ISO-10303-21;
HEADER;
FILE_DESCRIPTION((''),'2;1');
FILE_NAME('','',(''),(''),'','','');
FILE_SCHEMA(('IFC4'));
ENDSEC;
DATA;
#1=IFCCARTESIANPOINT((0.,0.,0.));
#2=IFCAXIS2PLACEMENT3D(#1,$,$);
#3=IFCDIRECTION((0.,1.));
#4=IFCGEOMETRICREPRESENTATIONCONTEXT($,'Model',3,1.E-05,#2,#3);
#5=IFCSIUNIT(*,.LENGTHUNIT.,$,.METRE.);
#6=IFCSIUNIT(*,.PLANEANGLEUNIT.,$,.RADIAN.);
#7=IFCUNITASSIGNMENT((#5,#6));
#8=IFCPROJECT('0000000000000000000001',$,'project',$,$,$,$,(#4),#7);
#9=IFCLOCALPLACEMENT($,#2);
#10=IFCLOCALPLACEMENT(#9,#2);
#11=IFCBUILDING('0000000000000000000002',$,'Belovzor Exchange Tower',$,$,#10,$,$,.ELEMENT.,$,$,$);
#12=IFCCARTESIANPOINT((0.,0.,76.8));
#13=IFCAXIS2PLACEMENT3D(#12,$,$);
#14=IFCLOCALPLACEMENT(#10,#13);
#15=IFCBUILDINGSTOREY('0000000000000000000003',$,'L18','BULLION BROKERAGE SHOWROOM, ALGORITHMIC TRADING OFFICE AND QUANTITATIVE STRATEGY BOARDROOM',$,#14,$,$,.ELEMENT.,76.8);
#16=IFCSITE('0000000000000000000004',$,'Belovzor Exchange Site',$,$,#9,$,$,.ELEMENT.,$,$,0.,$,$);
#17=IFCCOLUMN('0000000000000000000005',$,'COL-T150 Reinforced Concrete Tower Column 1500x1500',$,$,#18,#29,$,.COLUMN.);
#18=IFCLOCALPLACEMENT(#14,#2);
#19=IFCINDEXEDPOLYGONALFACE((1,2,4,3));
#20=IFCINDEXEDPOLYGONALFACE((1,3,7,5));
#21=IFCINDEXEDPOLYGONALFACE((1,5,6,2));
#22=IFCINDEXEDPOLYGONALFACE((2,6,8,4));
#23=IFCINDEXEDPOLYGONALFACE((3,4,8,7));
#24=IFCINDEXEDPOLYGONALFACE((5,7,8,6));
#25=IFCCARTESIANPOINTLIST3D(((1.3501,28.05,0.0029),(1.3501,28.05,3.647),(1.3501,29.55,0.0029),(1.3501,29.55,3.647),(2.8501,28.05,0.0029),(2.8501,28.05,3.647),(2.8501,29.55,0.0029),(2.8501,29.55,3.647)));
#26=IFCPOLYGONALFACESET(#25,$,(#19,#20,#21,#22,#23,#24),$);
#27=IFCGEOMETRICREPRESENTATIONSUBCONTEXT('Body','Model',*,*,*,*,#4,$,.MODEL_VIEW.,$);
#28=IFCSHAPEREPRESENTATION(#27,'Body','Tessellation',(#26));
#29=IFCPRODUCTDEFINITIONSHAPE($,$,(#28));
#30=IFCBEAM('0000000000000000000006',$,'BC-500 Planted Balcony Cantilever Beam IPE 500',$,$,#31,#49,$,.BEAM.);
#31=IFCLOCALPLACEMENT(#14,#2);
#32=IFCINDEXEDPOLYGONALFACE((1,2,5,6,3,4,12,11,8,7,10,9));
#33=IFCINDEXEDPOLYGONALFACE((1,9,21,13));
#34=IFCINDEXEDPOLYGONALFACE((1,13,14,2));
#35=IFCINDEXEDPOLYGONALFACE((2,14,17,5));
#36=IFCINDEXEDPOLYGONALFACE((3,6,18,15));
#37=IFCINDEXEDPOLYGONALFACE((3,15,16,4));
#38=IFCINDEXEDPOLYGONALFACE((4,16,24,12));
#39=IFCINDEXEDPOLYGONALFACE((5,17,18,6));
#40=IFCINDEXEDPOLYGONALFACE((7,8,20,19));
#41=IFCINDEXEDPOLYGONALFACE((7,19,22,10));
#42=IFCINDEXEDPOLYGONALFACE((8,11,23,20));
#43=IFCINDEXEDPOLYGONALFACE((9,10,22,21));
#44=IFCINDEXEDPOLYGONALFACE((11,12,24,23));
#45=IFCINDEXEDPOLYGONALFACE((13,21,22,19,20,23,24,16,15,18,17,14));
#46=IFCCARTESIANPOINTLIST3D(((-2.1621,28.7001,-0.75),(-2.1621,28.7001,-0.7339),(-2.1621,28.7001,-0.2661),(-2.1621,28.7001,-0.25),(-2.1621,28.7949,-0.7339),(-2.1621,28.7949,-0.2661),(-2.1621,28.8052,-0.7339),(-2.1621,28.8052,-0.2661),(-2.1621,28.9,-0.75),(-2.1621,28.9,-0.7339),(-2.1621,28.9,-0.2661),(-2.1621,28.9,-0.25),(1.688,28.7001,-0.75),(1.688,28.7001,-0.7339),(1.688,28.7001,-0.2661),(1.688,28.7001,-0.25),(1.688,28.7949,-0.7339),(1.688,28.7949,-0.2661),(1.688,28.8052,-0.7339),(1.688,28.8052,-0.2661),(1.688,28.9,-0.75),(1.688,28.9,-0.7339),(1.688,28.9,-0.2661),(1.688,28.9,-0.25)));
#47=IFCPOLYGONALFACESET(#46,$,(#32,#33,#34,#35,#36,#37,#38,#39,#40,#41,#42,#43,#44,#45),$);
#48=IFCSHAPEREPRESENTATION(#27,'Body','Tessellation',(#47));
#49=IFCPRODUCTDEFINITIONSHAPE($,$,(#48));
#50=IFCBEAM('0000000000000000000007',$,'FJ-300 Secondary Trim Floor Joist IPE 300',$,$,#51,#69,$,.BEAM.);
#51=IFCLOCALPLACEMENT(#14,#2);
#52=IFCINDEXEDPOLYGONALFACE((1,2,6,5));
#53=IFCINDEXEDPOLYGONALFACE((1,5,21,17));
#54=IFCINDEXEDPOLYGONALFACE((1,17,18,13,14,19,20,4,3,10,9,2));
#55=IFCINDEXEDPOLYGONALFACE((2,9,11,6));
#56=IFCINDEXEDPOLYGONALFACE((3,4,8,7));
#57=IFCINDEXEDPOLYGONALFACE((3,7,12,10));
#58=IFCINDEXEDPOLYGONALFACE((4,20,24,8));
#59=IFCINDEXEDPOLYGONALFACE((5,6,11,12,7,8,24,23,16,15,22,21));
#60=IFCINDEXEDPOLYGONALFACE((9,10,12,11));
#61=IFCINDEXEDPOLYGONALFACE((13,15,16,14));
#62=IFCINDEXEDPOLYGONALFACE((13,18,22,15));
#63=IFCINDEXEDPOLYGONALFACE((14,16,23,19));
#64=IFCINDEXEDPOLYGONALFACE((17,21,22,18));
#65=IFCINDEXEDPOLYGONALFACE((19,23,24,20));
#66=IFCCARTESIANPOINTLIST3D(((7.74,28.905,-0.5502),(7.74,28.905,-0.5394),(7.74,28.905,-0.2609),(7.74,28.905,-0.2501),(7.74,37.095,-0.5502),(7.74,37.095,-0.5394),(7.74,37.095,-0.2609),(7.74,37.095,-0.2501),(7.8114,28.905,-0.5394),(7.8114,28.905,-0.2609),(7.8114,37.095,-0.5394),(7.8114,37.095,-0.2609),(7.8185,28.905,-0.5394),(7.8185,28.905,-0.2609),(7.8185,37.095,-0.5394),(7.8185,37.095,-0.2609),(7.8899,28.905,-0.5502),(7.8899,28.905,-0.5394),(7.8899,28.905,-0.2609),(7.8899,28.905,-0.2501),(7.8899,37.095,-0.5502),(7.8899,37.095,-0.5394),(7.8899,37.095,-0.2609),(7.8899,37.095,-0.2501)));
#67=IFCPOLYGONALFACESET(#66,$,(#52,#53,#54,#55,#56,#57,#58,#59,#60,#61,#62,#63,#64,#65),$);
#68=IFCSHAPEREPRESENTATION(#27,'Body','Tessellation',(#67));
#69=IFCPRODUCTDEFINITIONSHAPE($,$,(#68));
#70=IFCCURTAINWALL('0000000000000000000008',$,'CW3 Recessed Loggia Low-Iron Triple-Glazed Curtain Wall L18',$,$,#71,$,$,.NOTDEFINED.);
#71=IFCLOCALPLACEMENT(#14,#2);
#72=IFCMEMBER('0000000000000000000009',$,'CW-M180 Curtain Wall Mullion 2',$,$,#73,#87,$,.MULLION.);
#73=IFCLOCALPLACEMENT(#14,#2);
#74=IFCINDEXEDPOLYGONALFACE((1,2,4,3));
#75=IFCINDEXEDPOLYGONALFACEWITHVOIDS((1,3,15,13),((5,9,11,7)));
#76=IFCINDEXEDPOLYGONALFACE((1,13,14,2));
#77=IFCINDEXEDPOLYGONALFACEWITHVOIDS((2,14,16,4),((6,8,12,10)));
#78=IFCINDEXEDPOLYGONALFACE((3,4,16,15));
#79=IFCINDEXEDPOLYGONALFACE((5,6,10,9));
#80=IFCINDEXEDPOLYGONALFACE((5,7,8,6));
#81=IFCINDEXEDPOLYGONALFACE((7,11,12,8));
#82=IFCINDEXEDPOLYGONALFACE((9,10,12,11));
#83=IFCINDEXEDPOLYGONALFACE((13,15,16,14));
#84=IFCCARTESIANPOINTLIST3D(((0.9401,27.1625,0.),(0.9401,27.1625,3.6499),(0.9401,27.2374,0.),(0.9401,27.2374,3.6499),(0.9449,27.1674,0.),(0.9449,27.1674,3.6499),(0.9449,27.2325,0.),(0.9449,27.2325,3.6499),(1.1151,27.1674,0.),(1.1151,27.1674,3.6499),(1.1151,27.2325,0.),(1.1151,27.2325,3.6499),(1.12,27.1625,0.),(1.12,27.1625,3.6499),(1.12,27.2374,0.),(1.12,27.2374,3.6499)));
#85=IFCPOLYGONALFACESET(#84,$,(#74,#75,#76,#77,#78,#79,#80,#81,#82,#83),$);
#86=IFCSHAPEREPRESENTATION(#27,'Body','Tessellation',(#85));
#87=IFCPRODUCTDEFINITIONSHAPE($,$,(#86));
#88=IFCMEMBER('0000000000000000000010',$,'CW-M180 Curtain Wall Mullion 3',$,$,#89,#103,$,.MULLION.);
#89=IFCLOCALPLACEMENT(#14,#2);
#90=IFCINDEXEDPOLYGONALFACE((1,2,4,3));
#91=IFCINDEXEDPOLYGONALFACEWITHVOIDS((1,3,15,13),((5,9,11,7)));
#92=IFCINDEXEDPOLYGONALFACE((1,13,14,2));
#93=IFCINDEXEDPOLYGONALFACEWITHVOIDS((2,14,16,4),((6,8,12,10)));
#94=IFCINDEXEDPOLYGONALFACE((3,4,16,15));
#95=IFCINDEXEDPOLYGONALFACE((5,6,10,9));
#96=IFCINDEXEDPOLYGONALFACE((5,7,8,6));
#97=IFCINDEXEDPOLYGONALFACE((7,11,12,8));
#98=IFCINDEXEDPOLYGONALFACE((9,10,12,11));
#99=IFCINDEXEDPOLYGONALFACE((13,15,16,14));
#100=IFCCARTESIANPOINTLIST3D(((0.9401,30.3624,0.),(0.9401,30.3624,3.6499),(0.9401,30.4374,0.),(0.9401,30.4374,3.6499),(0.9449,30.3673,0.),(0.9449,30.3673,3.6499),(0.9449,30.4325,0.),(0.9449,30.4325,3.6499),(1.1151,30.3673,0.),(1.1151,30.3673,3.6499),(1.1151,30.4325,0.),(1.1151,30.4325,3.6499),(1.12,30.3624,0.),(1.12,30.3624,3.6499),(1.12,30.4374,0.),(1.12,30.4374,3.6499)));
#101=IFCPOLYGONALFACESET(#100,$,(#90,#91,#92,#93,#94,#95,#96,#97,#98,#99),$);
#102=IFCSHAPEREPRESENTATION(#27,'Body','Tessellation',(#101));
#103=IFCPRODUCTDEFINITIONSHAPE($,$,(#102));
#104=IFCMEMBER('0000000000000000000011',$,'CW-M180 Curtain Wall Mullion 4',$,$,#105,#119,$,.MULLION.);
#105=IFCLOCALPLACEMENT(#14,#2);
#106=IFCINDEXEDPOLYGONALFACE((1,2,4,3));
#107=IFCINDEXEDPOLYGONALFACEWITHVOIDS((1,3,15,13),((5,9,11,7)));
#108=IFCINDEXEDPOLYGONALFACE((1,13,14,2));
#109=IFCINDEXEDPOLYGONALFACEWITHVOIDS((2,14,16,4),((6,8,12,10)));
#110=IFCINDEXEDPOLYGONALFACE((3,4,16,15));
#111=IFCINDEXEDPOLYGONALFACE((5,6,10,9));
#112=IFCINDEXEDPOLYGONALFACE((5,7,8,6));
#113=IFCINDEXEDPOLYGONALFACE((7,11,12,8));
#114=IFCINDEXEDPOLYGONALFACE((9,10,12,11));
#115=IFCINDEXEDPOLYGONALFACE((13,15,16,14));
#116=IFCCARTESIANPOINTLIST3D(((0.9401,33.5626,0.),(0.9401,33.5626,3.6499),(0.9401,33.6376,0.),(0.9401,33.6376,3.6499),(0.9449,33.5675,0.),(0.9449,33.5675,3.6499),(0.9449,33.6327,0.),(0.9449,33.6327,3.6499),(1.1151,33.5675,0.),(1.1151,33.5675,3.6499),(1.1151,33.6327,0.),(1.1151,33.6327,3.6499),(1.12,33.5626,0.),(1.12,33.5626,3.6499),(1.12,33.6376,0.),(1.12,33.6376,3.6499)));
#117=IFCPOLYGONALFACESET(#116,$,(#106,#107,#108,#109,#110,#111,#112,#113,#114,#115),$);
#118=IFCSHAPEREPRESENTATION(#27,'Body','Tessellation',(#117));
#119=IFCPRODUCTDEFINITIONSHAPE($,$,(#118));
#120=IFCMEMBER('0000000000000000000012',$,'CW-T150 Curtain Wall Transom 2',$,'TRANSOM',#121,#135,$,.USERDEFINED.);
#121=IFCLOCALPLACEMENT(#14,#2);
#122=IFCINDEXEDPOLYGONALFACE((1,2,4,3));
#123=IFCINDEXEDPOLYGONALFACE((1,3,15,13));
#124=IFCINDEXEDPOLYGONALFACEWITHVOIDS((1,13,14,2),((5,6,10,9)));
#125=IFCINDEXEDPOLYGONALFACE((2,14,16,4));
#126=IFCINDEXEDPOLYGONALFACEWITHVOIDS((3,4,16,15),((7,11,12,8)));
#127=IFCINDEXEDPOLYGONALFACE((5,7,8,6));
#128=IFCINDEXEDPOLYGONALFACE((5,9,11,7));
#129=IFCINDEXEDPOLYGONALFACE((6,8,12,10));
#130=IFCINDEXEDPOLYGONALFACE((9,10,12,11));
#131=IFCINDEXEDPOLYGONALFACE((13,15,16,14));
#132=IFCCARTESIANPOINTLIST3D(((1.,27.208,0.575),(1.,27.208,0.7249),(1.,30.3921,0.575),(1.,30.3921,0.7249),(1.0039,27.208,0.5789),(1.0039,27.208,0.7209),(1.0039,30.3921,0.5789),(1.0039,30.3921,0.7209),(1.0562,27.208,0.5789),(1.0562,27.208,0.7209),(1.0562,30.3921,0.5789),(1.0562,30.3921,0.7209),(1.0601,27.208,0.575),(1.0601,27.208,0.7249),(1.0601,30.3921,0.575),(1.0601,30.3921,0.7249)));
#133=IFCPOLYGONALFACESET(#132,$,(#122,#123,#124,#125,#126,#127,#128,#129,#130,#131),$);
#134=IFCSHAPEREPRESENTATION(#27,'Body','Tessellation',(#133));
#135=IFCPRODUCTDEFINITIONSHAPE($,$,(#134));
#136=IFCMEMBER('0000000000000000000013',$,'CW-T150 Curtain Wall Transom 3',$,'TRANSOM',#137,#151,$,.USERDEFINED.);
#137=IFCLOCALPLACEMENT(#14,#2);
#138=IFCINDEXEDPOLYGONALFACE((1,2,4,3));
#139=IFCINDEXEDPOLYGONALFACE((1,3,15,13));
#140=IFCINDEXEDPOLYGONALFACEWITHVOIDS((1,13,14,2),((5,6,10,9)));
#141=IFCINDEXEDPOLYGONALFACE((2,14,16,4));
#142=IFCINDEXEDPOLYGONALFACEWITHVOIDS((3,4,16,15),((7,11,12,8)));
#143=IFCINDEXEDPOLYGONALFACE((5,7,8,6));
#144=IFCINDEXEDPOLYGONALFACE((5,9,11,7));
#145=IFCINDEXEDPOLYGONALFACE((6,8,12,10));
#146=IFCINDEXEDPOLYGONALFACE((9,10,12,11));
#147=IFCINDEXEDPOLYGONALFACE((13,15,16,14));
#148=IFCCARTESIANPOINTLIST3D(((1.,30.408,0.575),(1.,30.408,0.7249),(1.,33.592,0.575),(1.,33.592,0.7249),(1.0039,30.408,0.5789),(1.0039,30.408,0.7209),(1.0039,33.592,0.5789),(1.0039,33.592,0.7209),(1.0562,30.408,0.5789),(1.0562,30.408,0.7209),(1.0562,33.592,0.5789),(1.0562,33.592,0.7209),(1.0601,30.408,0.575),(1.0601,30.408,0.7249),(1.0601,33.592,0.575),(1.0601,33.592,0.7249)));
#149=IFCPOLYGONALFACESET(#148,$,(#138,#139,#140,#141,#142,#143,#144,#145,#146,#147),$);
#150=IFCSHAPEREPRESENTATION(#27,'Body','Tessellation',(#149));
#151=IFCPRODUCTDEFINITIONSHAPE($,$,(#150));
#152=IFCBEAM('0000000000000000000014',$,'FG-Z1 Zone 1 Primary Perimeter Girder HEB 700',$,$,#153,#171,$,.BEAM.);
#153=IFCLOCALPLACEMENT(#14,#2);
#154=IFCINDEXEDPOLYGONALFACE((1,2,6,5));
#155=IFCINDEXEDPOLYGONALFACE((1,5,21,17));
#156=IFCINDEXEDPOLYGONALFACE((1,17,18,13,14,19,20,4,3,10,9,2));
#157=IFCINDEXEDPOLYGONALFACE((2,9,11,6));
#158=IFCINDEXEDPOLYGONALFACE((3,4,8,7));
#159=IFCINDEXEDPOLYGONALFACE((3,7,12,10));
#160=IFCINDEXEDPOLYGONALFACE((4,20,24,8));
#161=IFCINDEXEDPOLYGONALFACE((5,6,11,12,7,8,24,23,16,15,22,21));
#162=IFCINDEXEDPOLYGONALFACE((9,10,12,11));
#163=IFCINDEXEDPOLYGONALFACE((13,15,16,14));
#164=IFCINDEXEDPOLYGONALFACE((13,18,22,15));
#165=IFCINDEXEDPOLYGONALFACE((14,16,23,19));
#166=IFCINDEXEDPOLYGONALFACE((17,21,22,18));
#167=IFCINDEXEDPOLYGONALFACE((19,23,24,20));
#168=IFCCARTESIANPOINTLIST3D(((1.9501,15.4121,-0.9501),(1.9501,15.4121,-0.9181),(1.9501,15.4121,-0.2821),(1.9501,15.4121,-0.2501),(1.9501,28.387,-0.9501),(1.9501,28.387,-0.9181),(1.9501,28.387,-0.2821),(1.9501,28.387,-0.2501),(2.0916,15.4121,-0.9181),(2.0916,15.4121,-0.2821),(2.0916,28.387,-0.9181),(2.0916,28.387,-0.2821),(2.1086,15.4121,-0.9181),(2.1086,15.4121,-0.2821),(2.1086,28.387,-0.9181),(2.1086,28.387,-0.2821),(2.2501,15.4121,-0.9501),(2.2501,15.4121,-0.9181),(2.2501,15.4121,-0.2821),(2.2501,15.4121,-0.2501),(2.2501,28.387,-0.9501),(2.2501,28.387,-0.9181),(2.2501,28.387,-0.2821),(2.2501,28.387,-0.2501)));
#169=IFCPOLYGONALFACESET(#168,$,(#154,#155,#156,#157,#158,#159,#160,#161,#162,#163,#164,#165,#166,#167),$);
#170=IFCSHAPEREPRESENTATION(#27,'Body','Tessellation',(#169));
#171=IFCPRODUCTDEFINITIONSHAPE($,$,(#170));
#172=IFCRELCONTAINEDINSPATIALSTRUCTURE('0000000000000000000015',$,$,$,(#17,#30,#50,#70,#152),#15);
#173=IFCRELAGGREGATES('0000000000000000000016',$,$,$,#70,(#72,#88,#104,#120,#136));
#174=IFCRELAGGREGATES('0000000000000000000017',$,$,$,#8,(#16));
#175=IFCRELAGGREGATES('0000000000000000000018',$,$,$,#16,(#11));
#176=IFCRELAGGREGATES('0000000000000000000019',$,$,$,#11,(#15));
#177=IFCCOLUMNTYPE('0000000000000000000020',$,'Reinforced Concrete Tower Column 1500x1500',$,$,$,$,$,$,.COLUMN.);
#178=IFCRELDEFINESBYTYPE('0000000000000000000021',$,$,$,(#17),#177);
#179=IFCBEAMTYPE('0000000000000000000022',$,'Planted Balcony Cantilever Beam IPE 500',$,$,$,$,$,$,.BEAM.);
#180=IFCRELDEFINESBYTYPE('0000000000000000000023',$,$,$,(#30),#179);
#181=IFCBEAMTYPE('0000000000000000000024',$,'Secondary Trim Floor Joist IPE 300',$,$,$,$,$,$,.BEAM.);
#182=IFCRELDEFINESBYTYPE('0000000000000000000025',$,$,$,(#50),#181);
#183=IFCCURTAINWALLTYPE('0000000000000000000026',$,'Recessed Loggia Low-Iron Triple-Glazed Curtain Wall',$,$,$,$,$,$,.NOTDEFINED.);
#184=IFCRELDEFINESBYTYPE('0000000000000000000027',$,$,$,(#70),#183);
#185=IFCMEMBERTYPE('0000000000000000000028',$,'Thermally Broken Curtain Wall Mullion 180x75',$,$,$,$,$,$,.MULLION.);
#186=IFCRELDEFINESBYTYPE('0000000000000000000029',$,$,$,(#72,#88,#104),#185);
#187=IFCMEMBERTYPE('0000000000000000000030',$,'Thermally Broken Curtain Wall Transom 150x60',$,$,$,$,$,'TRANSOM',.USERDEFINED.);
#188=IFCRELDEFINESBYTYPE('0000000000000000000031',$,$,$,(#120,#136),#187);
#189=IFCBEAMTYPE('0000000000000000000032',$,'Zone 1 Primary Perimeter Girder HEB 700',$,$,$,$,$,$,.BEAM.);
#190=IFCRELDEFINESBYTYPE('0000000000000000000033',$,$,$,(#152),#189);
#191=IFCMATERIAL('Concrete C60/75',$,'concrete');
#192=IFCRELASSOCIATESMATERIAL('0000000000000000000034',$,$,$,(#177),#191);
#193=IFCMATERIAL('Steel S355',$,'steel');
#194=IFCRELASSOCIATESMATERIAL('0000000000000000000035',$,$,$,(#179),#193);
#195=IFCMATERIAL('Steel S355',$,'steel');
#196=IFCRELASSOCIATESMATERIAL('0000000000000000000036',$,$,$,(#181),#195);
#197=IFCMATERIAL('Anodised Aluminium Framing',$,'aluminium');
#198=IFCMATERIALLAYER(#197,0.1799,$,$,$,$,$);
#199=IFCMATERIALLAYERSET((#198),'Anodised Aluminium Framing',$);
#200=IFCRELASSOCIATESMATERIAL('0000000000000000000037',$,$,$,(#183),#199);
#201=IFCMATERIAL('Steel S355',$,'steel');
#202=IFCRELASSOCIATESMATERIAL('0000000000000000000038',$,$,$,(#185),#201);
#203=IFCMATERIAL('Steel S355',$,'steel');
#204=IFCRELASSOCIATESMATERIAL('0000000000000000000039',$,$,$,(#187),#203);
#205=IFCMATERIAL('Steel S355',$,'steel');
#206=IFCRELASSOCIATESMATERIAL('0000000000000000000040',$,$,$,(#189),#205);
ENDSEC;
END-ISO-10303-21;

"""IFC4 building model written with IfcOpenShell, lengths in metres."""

from ifc_helpers import new_model, si_unit, direction, frame, origin, origin_2d, place, context, subcontext, project, spatial, rectangle, hollow_rectangle, i_section, extrude, material, layer, layer_set, material_profile, profile_set, type_object, element, aggregate, save


model = new_model("IFC4")

# Units and contexts
model_context = context("Model", 3, precision=1e-05, world=origin(), true_north=direction((0.0, 1.0)))
body_context = subcontext(model_context, "Body", "Model", "MODEL_VIEW")
ifc_project = project(units=[si_unit("LENGTHUNIT", "METRE"), si_unit("PLANEANGLEUNIT", "RADIAN")], contexts=[model_context])

# Site, building, storey
site_placement = place(None, origin())
site = spatial("IfcSite", under=ifc_project, at=site_placement, Name="Belovzor Exchange Site", CompositionType="ELEMENT", RefElevation=0.0)
building_placement = place(site_placement, origin())
building = spatial("IfcBuilding", under=site, at=building_placement, Name="Belovzor Exchange Tower", CompositionType="ELEMENT")
storey_placement = place(building_placement, frame((0.0, 0.0, 76.8)))
storey = spatial("IfcBuildingStorey", under=building, at=storey_placement, Name="L18", Description="BULLION BROKERAGE SHOWROOM, ALGORITHMIC TRADING OFFICE AND QUANTITATIVE STRATEGY BOARDROOM", CompositionType="ELEMENT", Elevation=76.8)

# Column
ifc_material_1 = material(Name="Concrete C60/75", Category="concrete")
ifc_material_profile_1 = material_profile(ifc_material_1, rectangle(XDim=1.5, YDim=1.5, at=origin_2d()))
ifc_profile_set_1 = profile_set([ifc_material_profile_1], Name="Concrete C60/75")
column_type = type_object("IfcColumnType", Name="Reinforced Concrete Tower Column 1500x1500", PredefinedType="COLUMN", material=ifc_profile_set_1)
column_placement = place(storey_placement, frame((2.1001, 28.8, 0.0029), z_axis=(0.0, 0.0, 1.0), x_axis=(1.0, 0.0, 0.0)))
element("IfcColumn", 1, at=column_placement, inside=storey, type_object=column_type, Name="COL-T150 Reinforced Concrete Tower Column 1500x1500", PredefinedType="COLUMN", context=body_context, shape_type="SweptSolid", body=[
    extrude(rectangle(XDim=1.5, YDim=1.5, at=origin_2d()), origin(), (0.0, 0.0, 1.0), 3.644),
])

# Beams
ifc_material_2 = material(Name="Steel S355", Category="steel")
ifc_material_profile_2 = material_profile(ifc_material_2, i_section(OverallWidth=0.2, OverallDepth=0.5, WebThickness=0.0103, FlangeThickness=0.0161, at=origin_2d()))
ifc_profile_set_2 = profile_set([ifc_material_profile_2], Name="Steel S355")
beam_type_1 = type_object("IfcBeamType", Name="Planted Balcony Cantilever Beam IPE 500", PredefinedType="BEAM", material=ifc_profile_set_2)
beam_1_placement = place(storey_placement, frame((1.688, 28.8, -0.5), z_axis=(-1.0, 0.0, 0.0), x_axis=(0.0, -1.0, 0.0)))
element("IfcBeam", 2, at=beam_1_placement, inside=storey, type_object=beam_type_1, Name="BC-500 Planted Balcony Cantilever Beam IPE 500", PredefinedType="BEAM", context=body_context, shape_type="SweptSolid", body=[
    extrude(i_section(OverallWidth=0.2, OverallDepth=0.5, WebThickness=0.0103, FlangeThickness=0.0161, at=origin_2d()), origin(), (0.0, 0.0, 1.0), 3.8501),
])
ifc_material_3 = material(Name="Steel S355", Category="steel")
ifc_material_profile_3 = material_profile(ifc_material_3, i_section(OverallWidth=0.1499, OverallDepth=0.3, WebThickness=0.0071, FlangeThickness=0.0107, at=origin_2d()))
ifc_profile_set_3 = profile_set([ifc_material_profile_3], Name="Steel S355")
beam_type_2 = type_object("IfcBeamType", Name="Secondary Trim Floor Joist IPE 300", PredefinedType="BEAM", material=ifc_profile_set_3)
beam_2_placement = place(storey_placement, frame((7.8149, 28.905, -0.4001), z_axis=(0.0, 1.0, 0.0), x_axis=(-1.0, 0.0, 0.0)))
element("IfcBeam", 3, at=beam_2_placement, inside=storey, type_object=beam_type_2, Name="FJ-300 Secondary Trim Floor Joist IPE 300", PredefinedType="BEAM", context=body_context, shape_type="SweptSolid", body=[
    extrude(i_section(OverallWidth=0.1499, OverallDepth=0.3, WebThickness=0.0071, FlangeThickness=0.0107, at=origin_2d()), origin(), (0.0, 0.0, 1.0), 8.1899),
])

# Curtain wall, members
ifc_material_4 = material(Name="Anodised Aluminium Framing", Category="aluminium")
ifc_layer_1 = layer(ifc_material_4, 0.1799)
ifc_layer_set_1 = layer_set([ifc_layer_1], Name="Anodised Aluminium Framing")
curtain_wall_type = type_object("IfcCurtainWallType", Name="Recessed Loggia Low-Iron Triple-Glazed Curtain Wall", PredefinedType="NOTDEFINED", material=ifc_layer_set_1)
curtain_wall_placement = place(storey_placement, origin())
curtain_wall = element("IfcCurtainWall", 4, at=curtain_wall_placement, inside=storey, type_object=curtain_wall_type, Name="CW3 Recessed Loggia Low-Iron Triple-Glazed Curtain Wall L18", PredefinedType="NOTDEFINED")
ifc_material_5 = material(Name="Steel S355", Category="steel")
ifc_material_profile_4 = material_profile(ifc_material_5, hollow_rectangle(XDim=0.075, YDim=0.1799, WallThickness=0.0049, at=origin_2d()))
ifc_profile_set_4 = profile_set([ifc_material_profile_4], Name="Steel S355")
member_type_1 = type_object("IfcMemberType", Name="Thermally Broken Curtain Wall Mullion 180x75", PredefinedType="MULLION", material=ifc_profile_set_4)
member_1_placement = place(storey_placement, frame((1.03, 27.2, 0.0), z_axis=(0.0, 0.0, 1.0), x_axis=(0.0, 1.0, 0.0)))
member_1 = element("IfcMember", 5, at=member_1_placement, type_object=member_type_1, Name="CW-M180 Curtain Wall Mullion 2", PredefinedType="MULLION", context=body_context, shape_type="SweptSolid", body=[
    extrude(hollow_rectangle(XDim=0.075, YDim=0.1799, WallThickness=0.0049, at=origin_2d()), origin(), (0.0, 0.0, 1.0), 3.6499),
])
member_2_placement = place(storey_placement, frame((1.03, 30.3999, 0.0), z_axis=(0.0, 0.0, 1.0), x_axis=(0.0, 1.0, 0.0)))
member_2 = element("IfcMember", 6, at=member_2_placement, type_object=member_type_1, Name="CW-M180 Curtain Wall Mullion 3", PredefinedType="MULLION", context=body_context, shape_type="SweptSolid", body=[
    extrude(hollow_rectangle(XDim=0.075, YDim=0.1799, WallThickness=0.0049, at=origin_2d()), origin(), (0.0, 0.0, 1.0), 3.6499),
])
member_3_placement = place(storey_placement, frame((1.03, 33.6001, 0.0), z_axis=(0.0, 0.0, 1.0), x_axis=(0.0, 1.0, 0.0)))
member_3 = element("IfcMember", 7, at=member_3_placement, type_object=member_type_1, Name="CW-M180 Curtain Wall Mullion 4", PredefinedType="MULLION", context=body_context, shape_type="SweptSolid", body=[
    extrude(hollow_rectangle(XDim=0.075, YDim=0.1799, WallThickness=0.0049, at=origin_2d()), origin(), (0.0, 0.0, 1.0), 3.6499),
])
ifc_material_6 = material(Name="Steel S355", Category="steel")
ifc_material_profile_5 = material_profile(ifc_material_6, hollow_rectangle(XDim=0.0601, YDim=0.1499, WallThickness=0.0039, at=origin_2d()))
ifc_profile_set_5 = profile_set([ifc_material_profile_5], Name="Steel S355")
member_type_2 = type_object("IfcMemberType", Name="Thermally Broken Curtain Wall Transom 150x60", ElementType="TRANSOM", PredefinedType="USERDEFINED", material=ifc_profile_set_5)
member_4_placement = place(storey_placement, frame((1.03, 27.208, 0.6499), z_axis=(0.0, 1.0, 0.0), x_axis=(-1.0, 0.0, 0.0)))
member_4 = element("IfcMember", 8, at=member_4_placement, type_object=member_type_2, Name="CW-T150 Curtain Wall Transom 2", ObjectType="TRANSOM", PredefinedType="USERDEFINED", context=body_context, shape_type="SweptSolid", body=[
    extrude(hollow_rectangle(XDim=0.0601, YDim=0.1499, WallThickness=0.0039, at=origin_2d()), origin(), (0.0, 0.0, 1.0), 3.1841),
])
member_5_placement = place(storey_placement, frame((1.03, 30.408, 0.6499), z_axis=(0.0, 1.0, 0.0), x_axis=(-1.0, 0.0, 0.0)))
member_5 = element("IfcMember", 9, at=member_5_placement, type_object=member_type_2, Name="CW-T150 Curtain Wall Transom 3", ObjectType="TRANSOM", PredefinedType="USERDEFINED", context=body_context, shape_type="SweptSolid", body=[
    extrude(hollow_rectangle(XDim=0.0601, YDim=0.1499, WallThickness=0.0039, at=origin_2d()), origin(), (0.0, 0.0, 1.0), 3.1841),
])

# Beam
ifc_material_7 = material(Name="Steel S355", Category="steel")
ifc_material_profile_6 = material_profile(ifc_material_7, i_section(OverallWidth=0.3, OverallDepth=0.7, WebThickness=0.0171, FlangeThickness=0.032, at=origin_2d()))
ifc_profile_set_6 = profile_set([ifc_material_profile_6], Name="Steel S355")
beam_type_3 = type_object("IfcBeamType", Name="Zone 1 Primary Perimeter Girder HEB 700", PredefinedType="BEAM", material=ifc_profile_set_6)
beam_3_placement = place(storey_placement, frame((2.1001, 28.387, -0.6001), z_axis=(0.0, -1.0, 0.0), x_axis=(1.0, 0.0, 0.0)))
element("IfcBeam", 10, at=beam_3_placement, inside=storey, type_object=beam_type_3, Name="FG-Z1 Zone 1 Primary Perimeter Girder HEB 700", PredefinedType="BEAM", context=body_context, shape_type="SweptSolid", body=[
    extrude(i_section(OverallWidth=0.3, OverallDepth=0.7, WebThickness=0.0171, FlangeThickness=0.032, at=origin_2d()), origin(), (0.0, 0.0, 1.0), 12.9749),
])

aggregate(curtain_wall, [member_1, member_2, member_3, member_4, member_5])

save(model, "model.ifc")
